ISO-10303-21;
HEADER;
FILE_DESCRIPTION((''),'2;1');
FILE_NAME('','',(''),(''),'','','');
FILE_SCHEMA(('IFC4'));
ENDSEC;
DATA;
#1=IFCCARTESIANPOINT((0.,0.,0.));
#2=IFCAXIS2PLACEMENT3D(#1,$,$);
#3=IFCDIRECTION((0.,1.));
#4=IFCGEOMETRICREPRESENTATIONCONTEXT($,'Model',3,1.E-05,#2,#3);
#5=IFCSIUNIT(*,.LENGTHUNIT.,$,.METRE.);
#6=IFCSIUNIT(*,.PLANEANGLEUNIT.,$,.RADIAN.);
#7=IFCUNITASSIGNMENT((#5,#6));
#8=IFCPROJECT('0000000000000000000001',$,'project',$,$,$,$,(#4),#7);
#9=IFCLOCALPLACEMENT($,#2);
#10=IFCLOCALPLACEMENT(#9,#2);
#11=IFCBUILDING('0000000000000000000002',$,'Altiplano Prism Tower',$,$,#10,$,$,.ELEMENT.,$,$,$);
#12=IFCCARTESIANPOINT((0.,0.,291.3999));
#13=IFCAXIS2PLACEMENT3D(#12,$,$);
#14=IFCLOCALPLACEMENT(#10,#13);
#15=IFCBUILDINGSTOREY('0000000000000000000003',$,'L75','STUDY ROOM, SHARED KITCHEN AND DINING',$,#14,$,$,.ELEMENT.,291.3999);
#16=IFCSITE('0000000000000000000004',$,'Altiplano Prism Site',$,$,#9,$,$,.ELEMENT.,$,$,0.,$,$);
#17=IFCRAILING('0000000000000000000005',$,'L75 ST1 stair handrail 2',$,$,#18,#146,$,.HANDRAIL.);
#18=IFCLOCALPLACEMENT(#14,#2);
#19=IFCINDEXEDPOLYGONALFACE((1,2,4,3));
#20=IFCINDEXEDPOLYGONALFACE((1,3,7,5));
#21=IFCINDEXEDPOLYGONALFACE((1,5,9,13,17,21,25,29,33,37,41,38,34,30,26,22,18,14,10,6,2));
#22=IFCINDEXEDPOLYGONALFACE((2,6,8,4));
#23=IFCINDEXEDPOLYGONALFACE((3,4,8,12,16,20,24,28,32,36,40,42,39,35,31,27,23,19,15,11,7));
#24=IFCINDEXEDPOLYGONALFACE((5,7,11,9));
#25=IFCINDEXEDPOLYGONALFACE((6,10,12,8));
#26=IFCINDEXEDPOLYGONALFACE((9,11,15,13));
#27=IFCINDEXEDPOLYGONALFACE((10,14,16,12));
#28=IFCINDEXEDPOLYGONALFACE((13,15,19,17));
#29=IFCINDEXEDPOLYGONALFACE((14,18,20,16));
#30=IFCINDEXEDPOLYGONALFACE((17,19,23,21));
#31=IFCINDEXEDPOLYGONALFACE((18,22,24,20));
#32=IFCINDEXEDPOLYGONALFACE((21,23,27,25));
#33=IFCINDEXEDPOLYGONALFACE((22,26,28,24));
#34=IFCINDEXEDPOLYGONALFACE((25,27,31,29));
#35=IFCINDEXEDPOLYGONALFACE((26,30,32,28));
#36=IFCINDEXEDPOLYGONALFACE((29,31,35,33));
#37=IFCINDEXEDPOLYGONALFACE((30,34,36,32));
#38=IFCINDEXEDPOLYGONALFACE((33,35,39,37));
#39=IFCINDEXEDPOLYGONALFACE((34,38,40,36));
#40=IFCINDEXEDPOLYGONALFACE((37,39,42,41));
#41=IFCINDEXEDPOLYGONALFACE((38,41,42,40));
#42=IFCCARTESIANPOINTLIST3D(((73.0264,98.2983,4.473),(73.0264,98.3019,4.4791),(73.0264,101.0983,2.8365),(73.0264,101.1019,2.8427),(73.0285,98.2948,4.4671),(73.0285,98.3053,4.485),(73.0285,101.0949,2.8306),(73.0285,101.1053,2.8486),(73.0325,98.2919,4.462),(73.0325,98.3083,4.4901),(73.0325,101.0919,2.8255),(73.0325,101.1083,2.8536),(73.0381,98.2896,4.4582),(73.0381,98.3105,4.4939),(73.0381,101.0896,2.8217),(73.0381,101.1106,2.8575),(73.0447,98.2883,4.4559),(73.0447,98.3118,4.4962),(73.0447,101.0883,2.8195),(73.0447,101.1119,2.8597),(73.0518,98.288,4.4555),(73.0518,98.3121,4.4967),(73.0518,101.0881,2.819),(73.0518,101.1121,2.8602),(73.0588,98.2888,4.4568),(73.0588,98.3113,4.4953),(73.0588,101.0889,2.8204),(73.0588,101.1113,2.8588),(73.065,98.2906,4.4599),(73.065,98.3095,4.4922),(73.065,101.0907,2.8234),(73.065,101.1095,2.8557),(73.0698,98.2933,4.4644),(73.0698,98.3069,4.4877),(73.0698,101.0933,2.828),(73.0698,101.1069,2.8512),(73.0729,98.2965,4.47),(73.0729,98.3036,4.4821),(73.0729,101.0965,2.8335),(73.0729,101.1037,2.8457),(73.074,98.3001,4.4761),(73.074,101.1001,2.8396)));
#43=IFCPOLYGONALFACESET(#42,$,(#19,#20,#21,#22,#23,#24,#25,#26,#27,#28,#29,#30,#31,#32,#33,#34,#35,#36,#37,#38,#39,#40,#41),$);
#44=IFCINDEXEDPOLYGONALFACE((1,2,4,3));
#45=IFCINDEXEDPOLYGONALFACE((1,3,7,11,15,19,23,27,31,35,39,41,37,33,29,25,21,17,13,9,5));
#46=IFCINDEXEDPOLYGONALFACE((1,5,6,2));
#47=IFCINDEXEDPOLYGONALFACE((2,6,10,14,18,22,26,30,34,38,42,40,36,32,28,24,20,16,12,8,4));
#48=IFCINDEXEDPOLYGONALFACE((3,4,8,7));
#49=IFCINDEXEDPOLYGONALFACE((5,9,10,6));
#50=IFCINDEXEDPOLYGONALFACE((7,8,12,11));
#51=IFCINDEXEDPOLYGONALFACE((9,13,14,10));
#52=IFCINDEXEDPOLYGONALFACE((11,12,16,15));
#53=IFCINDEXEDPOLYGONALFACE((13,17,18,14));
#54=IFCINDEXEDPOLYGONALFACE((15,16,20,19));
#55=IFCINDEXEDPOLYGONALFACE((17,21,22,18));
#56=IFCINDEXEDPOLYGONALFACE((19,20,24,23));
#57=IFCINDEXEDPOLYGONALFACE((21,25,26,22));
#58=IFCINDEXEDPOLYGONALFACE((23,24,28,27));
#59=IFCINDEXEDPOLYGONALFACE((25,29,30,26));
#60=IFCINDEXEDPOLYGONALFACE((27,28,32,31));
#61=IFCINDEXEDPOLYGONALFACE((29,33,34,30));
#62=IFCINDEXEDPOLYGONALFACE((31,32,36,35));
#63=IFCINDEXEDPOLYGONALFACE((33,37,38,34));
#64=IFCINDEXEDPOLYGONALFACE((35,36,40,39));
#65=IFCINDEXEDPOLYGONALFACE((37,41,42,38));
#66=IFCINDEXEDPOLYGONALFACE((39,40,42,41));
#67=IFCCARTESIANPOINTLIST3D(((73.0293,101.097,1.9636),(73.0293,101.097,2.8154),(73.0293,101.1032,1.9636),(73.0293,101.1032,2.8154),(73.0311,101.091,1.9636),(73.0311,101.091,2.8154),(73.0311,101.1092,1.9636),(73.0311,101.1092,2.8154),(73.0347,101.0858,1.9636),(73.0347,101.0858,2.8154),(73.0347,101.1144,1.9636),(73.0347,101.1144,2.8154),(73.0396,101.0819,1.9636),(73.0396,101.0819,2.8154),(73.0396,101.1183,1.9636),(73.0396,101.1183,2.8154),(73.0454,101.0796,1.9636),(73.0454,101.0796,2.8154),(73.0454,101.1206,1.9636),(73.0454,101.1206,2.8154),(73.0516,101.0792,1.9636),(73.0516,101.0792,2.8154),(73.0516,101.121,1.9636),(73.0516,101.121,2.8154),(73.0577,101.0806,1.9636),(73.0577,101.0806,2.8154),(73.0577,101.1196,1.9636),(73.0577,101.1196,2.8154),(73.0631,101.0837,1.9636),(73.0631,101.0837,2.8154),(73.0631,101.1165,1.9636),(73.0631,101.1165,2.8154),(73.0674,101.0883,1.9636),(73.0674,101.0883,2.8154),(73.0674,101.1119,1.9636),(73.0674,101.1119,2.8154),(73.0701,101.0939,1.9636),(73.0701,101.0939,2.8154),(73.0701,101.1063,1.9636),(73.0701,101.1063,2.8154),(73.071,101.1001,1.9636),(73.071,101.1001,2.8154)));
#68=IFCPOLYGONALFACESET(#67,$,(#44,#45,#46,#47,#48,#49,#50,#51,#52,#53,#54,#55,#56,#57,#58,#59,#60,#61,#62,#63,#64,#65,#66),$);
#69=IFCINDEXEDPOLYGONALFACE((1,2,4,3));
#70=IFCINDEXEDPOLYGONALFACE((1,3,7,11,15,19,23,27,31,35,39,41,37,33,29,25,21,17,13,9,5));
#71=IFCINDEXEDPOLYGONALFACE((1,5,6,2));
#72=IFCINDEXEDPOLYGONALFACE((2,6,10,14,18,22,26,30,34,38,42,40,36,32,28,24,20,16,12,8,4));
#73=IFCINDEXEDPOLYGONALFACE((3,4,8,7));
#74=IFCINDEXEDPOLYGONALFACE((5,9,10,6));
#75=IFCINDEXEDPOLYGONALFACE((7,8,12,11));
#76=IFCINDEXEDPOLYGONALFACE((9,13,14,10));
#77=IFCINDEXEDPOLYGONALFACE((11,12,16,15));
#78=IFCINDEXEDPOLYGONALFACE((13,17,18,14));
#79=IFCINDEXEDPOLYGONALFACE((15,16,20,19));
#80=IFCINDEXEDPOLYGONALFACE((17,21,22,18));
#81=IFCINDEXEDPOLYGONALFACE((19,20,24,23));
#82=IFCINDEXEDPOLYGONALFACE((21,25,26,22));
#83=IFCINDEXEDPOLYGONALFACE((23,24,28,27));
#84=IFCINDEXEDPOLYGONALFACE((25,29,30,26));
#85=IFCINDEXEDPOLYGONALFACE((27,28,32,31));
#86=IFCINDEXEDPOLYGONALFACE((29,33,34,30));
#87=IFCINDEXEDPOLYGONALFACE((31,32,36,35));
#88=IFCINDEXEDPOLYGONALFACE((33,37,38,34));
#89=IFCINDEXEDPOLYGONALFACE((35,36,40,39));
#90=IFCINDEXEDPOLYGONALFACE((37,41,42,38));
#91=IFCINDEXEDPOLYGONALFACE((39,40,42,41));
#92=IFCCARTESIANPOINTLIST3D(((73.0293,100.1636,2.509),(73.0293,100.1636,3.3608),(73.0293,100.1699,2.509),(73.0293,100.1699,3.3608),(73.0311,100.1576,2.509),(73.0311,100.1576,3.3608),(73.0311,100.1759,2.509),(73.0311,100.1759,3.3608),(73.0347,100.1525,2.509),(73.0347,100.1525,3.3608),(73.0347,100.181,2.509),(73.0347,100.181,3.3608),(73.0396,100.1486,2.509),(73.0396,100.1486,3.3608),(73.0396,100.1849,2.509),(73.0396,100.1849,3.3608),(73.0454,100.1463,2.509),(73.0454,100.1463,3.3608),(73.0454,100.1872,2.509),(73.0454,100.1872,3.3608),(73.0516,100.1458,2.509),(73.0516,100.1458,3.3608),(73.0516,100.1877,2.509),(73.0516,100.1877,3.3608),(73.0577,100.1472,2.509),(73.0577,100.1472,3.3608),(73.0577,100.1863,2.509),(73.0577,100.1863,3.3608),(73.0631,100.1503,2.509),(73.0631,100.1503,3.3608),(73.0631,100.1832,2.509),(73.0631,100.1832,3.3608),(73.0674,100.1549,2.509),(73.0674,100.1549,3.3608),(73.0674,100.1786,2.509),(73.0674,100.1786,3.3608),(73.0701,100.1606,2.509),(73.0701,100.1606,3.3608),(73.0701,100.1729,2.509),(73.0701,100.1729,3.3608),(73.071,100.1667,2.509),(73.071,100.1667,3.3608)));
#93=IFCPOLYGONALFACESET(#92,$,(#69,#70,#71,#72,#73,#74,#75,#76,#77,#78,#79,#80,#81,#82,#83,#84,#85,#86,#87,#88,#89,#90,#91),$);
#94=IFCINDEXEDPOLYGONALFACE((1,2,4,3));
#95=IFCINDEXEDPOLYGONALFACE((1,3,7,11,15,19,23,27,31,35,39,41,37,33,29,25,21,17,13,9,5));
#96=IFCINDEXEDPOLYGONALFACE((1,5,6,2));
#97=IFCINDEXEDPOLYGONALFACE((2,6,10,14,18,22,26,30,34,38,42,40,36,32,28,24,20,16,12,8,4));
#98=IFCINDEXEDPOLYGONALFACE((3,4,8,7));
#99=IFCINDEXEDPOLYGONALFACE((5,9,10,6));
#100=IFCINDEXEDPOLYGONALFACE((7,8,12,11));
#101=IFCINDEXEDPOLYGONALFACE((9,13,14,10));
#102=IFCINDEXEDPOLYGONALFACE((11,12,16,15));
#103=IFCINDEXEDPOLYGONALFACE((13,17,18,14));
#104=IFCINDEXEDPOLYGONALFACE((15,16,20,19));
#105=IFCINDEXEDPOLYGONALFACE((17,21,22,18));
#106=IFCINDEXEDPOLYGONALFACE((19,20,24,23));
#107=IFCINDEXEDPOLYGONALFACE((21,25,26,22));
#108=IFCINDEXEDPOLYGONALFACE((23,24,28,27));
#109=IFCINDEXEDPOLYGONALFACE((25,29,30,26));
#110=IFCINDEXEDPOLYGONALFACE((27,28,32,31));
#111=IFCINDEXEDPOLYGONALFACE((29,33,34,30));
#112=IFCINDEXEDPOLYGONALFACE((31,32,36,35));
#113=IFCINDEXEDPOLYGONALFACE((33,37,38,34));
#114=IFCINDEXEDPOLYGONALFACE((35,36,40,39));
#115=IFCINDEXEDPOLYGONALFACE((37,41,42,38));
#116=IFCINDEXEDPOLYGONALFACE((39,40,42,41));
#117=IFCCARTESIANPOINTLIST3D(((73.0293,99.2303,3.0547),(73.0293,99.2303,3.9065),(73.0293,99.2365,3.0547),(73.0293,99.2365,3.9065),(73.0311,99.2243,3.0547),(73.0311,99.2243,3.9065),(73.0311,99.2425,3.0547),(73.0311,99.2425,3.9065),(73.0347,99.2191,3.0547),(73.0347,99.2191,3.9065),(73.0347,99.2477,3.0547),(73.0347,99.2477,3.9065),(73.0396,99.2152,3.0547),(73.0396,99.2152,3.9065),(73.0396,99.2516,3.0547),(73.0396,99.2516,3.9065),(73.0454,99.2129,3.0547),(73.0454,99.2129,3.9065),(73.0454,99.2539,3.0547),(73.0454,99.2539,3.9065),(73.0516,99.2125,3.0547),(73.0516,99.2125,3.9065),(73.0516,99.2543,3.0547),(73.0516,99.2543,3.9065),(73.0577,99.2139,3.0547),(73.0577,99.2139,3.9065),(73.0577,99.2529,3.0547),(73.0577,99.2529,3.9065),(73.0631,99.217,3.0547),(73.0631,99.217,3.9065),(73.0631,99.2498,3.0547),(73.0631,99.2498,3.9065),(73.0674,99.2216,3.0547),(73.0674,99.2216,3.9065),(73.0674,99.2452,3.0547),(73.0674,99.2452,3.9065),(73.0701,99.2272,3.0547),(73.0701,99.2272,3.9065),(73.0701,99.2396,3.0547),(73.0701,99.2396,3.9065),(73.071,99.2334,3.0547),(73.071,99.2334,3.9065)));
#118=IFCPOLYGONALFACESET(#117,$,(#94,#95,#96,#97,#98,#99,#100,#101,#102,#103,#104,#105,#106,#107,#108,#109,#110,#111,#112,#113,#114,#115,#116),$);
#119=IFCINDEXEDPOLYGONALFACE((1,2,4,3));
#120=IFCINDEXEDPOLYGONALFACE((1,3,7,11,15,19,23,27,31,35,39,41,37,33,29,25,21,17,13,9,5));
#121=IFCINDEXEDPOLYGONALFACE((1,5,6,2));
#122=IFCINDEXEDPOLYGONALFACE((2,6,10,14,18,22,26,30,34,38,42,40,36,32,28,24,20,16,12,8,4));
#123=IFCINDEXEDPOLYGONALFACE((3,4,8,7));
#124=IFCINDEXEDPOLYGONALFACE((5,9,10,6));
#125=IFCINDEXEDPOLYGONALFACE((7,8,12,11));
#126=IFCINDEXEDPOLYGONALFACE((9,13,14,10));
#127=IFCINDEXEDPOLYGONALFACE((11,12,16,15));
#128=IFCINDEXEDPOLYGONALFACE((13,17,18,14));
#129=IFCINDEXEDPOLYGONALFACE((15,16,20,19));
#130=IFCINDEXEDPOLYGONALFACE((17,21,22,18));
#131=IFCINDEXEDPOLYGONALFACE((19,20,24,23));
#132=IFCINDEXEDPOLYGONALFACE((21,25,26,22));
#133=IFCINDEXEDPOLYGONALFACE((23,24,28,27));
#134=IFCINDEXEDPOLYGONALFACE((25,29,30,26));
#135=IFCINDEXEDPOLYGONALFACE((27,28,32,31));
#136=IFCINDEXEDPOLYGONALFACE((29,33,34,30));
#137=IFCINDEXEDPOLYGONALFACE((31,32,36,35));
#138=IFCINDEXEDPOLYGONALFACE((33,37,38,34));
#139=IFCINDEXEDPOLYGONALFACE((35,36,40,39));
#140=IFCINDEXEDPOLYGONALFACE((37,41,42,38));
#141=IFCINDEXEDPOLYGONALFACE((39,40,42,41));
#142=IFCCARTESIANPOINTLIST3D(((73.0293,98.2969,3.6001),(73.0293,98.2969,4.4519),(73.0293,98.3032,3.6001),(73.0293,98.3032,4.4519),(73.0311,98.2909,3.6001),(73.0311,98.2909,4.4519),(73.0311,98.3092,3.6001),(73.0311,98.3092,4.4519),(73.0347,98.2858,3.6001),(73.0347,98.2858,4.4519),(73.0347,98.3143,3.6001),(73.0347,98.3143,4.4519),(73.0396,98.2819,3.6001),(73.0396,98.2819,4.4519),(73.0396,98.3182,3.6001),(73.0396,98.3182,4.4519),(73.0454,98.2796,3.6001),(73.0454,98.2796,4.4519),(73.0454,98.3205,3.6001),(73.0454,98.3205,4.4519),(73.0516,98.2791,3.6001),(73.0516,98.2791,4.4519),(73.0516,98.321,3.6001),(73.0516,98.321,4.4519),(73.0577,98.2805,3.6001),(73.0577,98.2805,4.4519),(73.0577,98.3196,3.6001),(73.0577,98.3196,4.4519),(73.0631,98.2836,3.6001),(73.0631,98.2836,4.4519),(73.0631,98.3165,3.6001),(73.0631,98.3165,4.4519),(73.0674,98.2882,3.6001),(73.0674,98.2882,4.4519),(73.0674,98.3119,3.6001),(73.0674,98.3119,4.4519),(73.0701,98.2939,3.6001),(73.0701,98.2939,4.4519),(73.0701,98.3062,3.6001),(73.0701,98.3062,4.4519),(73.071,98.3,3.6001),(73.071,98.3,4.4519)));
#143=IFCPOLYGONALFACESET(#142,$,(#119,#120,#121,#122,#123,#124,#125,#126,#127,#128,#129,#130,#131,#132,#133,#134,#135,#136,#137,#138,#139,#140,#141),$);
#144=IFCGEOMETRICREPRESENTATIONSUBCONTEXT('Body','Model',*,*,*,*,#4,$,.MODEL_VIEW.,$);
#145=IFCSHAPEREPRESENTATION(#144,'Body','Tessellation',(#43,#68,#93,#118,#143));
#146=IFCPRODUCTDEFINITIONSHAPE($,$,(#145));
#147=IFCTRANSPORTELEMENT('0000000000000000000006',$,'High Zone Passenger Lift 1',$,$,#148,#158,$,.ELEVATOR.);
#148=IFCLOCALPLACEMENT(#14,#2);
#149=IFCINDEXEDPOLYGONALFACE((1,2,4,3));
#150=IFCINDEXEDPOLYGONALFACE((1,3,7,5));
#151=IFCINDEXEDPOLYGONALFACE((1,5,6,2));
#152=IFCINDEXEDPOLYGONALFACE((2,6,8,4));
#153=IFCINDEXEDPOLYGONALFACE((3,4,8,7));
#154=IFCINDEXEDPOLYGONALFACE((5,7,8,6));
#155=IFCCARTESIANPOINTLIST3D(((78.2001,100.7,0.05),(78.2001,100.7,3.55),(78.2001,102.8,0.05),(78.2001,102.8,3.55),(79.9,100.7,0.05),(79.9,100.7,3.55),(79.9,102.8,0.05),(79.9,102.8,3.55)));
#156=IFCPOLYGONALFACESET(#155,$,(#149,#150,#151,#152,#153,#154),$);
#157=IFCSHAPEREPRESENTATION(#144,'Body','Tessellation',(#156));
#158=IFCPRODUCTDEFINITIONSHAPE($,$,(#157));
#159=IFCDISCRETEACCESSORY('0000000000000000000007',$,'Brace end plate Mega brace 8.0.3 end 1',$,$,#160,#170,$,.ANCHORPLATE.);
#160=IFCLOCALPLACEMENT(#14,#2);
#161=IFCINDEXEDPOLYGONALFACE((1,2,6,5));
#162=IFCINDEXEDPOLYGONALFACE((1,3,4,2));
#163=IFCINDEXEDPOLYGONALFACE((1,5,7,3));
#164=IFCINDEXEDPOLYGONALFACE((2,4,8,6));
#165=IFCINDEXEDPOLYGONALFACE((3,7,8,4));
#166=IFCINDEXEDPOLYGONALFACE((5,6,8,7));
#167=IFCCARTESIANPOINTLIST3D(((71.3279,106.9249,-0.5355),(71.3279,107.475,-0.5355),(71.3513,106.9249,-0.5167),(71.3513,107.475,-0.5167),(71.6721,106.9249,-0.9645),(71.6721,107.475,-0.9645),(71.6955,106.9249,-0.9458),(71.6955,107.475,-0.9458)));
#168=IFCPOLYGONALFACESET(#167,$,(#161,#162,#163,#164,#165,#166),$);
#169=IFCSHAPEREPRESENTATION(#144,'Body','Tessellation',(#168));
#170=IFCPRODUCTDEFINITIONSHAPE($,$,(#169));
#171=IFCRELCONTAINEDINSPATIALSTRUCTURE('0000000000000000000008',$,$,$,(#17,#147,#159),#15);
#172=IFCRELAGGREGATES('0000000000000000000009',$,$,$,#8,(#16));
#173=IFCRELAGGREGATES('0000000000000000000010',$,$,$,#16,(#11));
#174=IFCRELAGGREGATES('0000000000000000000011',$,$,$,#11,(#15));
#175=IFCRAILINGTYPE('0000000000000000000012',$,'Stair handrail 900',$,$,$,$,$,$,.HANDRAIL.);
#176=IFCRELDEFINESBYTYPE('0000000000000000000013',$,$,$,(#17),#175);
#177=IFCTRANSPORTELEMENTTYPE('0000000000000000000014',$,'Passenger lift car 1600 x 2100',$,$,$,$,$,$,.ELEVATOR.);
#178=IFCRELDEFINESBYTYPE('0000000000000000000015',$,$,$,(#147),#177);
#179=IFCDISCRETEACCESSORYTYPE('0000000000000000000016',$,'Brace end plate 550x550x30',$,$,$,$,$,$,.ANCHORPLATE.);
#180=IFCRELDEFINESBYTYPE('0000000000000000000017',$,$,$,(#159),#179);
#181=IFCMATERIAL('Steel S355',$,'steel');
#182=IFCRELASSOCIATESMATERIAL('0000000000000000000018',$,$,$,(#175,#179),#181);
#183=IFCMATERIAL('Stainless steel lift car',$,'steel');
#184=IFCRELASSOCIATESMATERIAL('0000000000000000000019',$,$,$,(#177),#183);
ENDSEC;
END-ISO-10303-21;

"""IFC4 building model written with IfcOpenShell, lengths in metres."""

from ifc_helpers import new_model, si_unit, direction, frame, origin, origin_2d, place, context, subcontext, project, spatial, rectangle, circle, extrude, material, material_profile, profile_set, type_object, element, save


model = new_model("IFC4")

# Units and contexts
model_context = context("Model", 3, precision=1e-05, world=origin(), true_north=direction((0.0, 1.0)))
body_context = subcontext(model_context, "Body", "Model", "MODEL_VIEW")
ifc_project = project(units=[si_unit("LENGTHUNIT", "METRE"), si_unit("PLANEANGLEUNIT", "RADIAN")], contexts=[model_context])

# Site, building, storey
site_placement = place(None, origin())
site = spatial("IfcSite", under=ifc_project, at=site_placement, Name="Altiplano Prism Site", CompositionType="ELEMENT", RefElevation=0.0)
building_placement = place(site_placement, origin())
building = spatial("IfcBuilding", under=site, at=building_placement, Name="Altiplano Prism Tower", CompositionType="ELEMENT")
storey_placement = place(building_placement, frame((0.0, 0.0, 291.3999)))
storey = spatial("IfcBuildingStorey", under=building, at=storey_placement, Name="L75", Description="STUDY ROOM, SHARED KITCHEN AND DINING", CompositionType="ELEMENT", Elevation=291.3999)

# Shared definitions
ifc_material_1 = material(Name="Steel S355", Category="steel")

# Railing
railing_type = type_object("IfcRailingType", Name="Stair handrail 900", PredefinedType="HANDRAIL", material=ifc_material_1)
railing_1_placement = place(storey_placement, frame((73.05, 101.1001, 1.9636)))
element("IfcRailing", 1, at=railing_1_placement, inside=storey, type_object=railing_type, Name="L75 ST1 stair handrail 2", PredefinedType="HANDRAIL", context=body_context, shape_type="SweptSolid", body=[
    extrude(circle(Radius=0.0239, at=origin_2d()), frame((0.0, 0.0, 0.876), z_axis=(0.0, -0.863361, 0.504587), x_axis=(1.0, 0.0, 0.0)), (0.0, 0.0, 1.0), 3.2432),
    extrude(circle(Radius=0.021, at=origin_2d()), origin(), (0.0, 0.0, 1.0), 0.8518),
    extrude(circle(Radius=0.021, at=origin_2d()), frame((0.0, -0.9333, 0.5454)), (0.0, 0.0, 1.0), 0.8518),
    extrude(circle(Radius=0.021, at=origin_2d()), frame((0.0, -1.8667, 1.0911)), (0.0, 0.0, 1.0), 0.8518),
    extrude(circle(Radius=0.021, at=origin_2d()), frame((0.0, -2.8, 1.6365)), (0.0, 0.0, 1.0), 0.8518),
])

# Transport element
ifc_material_2 = material(Name="Stainless steel lift car", Category="steel")
transport_element_type = type_object("IfcTransportElementType", Name="Passenger lift car 1600 x 2100", PredefinedType="ELEVATOR", material=ifc_material_2)
transport_element_placement = place(storey_placement, frame((79.05, 101.75, 0.05), z_axis=(0.0, 0.0, 1.0), x_axis=(1.0, 0.0, 0.0)))
element("IfcTransportElement", 2, at=transport_element_placement, inside=storey, type_object=transport_element_type, Name="High Zone Passenger Lift 1", PredefinedType="ELEVATOR", context=body_context, shape_type="SweptSolid", body=[
    extrude(rectangle(XDim=1.7, YDim=2.1001, at=origin_2d()), origin(), (0.0, 0.0, 1.0), 3.5),
])

# Discrete accessory
ifc_material_profile_1 = material_profile(ifc_material_1, rectangle(XDim=0.55, YDim=0.55, at=origin_2d()), Name="Brace end plate 550x550x30")
ifc_profile_set_1 = profile_set([ifc_material_profile_1], Name="Steel S355")
discrete_accessory_type = type_object("IfcDiscreteAccessoryType", Name="Brace end plate 550x550x30", PredefinedType="ANCHORPLATE", material=ifc_profile_set_1)
discrete_accessory_placement = place(storey_placement, frame((71.5, 107.2, -0.75), z_axis=(0.780075, 0.0, 0.625685), x_axis=(0.0, 1.0, 0.0)))
element("IfcDiscreteAccessory", 3, at=discrete_accessory_placement, inside=storey, type_object=discrete_accessory_type, Name="Brace end plate Mega brace 8.0.3 end 1", PredefinedType="ANCHORPLATE", context=body_context, shape_type="SweptSolid", body=[
    extrude(rectangle(XDim=0.55, YDim=0.55, at=origin_2d()), origin(), (0.0, 0.0, 1.0), 0.03),
])

save(model, "model.ifc")
